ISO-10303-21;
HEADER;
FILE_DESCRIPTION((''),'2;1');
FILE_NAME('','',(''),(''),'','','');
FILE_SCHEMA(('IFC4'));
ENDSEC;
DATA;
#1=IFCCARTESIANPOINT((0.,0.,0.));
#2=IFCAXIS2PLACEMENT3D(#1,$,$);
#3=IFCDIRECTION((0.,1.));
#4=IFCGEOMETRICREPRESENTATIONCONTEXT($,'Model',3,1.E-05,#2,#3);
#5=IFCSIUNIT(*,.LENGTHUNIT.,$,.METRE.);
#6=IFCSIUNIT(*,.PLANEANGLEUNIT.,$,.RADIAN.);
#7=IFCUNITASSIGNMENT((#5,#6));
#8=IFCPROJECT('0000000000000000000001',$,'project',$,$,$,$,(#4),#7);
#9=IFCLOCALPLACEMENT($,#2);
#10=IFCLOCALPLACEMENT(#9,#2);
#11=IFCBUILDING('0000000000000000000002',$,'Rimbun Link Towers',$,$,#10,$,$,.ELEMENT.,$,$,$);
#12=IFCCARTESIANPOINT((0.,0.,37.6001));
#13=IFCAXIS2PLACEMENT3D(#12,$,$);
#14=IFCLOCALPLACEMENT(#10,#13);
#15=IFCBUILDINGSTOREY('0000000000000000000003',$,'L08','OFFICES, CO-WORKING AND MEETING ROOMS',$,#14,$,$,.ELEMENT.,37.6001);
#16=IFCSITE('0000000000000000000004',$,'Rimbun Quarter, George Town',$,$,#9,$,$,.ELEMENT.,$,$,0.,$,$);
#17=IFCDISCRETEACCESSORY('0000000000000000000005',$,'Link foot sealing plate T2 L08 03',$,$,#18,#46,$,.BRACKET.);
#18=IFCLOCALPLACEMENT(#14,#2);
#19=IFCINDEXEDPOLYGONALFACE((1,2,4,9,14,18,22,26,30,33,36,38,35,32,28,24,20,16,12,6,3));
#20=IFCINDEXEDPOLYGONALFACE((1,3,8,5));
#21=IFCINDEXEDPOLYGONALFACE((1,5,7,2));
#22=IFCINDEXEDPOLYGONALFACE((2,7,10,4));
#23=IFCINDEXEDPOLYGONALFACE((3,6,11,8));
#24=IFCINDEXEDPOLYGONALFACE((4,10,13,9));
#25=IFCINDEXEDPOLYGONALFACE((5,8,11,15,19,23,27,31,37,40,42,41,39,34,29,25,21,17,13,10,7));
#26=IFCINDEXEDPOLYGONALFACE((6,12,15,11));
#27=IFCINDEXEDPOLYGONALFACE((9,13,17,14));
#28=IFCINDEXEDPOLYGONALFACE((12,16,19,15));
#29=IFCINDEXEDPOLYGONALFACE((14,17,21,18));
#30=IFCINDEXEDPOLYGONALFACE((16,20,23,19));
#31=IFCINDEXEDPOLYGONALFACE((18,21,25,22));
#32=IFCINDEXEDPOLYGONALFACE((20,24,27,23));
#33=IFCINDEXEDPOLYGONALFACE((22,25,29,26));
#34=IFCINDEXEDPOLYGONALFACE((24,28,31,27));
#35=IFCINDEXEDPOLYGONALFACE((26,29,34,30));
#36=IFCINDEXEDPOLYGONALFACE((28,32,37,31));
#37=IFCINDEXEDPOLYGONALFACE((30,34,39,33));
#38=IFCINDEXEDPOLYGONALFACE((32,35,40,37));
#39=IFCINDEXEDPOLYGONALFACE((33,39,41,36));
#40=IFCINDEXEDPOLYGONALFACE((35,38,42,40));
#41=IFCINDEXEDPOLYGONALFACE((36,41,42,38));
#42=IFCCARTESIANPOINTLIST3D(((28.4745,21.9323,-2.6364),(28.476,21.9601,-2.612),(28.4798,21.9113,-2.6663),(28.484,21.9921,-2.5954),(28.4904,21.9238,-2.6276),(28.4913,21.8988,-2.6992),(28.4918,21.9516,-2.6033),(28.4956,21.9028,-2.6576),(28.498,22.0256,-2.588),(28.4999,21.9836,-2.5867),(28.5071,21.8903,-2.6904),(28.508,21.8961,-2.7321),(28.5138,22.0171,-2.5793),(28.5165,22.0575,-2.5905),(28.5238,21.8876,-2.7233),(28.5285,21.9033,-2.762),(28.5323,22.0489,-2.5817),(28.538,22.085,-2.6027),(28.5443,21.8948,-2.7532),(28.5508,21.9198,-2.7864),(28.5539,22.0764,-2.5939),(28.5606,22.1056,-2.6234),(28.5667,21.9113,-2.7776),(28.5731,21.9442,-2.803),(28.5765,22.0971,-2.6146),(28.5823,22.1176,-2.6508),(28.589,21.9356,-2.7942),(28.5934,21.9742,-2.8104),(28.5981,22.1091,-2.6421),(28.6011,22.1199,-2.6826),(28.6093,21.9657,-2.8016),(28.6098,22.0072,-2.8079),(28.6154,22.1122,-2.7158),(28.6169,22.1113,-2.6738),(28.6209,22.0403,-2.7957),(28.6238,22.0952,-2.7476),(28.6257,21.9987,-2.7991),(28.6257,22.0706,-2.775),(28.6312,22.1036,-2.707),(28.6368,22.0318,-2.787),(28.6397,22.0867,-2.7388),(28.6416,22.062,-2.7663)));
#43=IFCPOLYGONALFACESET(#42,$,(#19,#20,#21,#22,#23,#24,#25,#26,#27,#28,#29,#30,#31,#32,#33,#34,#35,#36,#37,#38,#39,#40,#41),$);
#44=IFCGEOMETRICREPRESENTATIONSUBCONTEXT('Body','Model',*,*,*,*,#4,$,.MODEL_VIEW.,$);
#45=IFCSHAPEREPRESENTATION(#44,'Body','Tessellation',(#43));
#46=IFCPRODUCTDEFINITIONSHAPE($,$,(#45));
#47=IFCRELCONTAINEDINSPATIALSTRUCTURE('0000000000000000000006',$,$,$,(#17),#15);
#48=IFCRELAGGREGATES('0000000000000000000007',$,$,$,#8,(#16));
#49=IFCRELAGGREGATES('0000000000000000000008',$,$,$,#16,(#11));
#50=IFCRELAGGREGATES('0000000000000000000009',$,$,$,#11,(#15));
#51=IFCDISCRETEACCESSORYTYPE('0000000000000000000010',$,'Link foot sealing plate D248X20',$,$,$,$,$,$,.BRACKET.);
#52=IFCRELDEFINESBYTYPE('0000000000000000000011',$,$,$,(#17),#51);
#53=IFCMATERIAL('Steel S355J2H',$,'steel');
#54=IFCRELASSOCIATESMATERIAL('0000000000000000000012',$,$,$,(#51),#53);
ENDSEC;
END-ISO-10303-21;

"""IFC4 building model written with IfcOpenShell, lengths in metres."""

from ifc_helpers import new_model, si_unit, direction, frame, origin, origin_2d, place, context, subcontext, project, spatial, circle, extrude, material, material_profile, profile_set, type_object, element, save


model = new_model("IFC4")

# Units and contexts
model_context = context("Model", 3, precision=1e-05, world=origin(), true_north=direction((0.0, 1.0)))
body_context = subcontext(model_context, "Body", "Model", "MODEL_VIEW")
ifc_project = project(units=[si_unit("LENGTHUNIT", "METRE"), si_unit("PLANEANGLEUNIT", "RADIAN")], contexts=[model_context])

# Site, building, storey
site_placement = place(None, origin())
site = spatial("IfcSite", under=ifc_project, at=site_placement, Name="Rimbun Quarter, George Town", CompositionType="ELEMENT", RefElevation=0.0)
building_placement = place(site_placement, origin())
building = spatial("IfcBuilding", under=site, at=building_placement, Name="Rimbun Link Towers", CompositionType="ELEMENT")
storey_placement = place(building_placement, frame((0.0, 0.0, 37.6001)))
storey = spatial("IfcBuildingStorey", under=building, at=storey_placement, Name="L08", Description="OFFICES, CO-WORKING AND MEETING ROOMS", CompositionType="ELEMENT", Elevation=37.6001)

# Discrete accessory
ifc_material_1 = material(Name="Steel S355J2H", Category="steel")
ifc_material_profile_1 = material_profile(ifc_material_1, circle(Radius=0.124, at=origin_2d()), Name="PL D248")
ifc_profile_set_1 = profile_set([ifc_material_profile_1], Name="Steel S355J2H")
discrete_accessory_type = type_object("IfcDiscreteAccessoryType", Name="Link foot sealing plate D248X20", PredefinedType="BRACKET", material=ifc_profile_set_1)
discrete_accessory_placement = place(storey_placement, frame((28.5659, 21.9995, -2.6904), z_axis=(-0.791389, 0.426133, -0.438308), x_axis=(-0.4741, -0.880471, 0.0)))
element("IfcDiscreteAccessory", 1, at=discrete_accessory_placement, inside=storey, type_object=discrete_accessory_type, Name="Link foot sealing plate T2 L08 03", PredefinedType="BRACKET", context=body_context, shape_type="SweptSolid", body=[
    extrude(circle(Radius=0.124, at=origin_2d()), origin(), (0.0, 0.0, 1.0), 0.02),
])

save(model, "model.ifc")
